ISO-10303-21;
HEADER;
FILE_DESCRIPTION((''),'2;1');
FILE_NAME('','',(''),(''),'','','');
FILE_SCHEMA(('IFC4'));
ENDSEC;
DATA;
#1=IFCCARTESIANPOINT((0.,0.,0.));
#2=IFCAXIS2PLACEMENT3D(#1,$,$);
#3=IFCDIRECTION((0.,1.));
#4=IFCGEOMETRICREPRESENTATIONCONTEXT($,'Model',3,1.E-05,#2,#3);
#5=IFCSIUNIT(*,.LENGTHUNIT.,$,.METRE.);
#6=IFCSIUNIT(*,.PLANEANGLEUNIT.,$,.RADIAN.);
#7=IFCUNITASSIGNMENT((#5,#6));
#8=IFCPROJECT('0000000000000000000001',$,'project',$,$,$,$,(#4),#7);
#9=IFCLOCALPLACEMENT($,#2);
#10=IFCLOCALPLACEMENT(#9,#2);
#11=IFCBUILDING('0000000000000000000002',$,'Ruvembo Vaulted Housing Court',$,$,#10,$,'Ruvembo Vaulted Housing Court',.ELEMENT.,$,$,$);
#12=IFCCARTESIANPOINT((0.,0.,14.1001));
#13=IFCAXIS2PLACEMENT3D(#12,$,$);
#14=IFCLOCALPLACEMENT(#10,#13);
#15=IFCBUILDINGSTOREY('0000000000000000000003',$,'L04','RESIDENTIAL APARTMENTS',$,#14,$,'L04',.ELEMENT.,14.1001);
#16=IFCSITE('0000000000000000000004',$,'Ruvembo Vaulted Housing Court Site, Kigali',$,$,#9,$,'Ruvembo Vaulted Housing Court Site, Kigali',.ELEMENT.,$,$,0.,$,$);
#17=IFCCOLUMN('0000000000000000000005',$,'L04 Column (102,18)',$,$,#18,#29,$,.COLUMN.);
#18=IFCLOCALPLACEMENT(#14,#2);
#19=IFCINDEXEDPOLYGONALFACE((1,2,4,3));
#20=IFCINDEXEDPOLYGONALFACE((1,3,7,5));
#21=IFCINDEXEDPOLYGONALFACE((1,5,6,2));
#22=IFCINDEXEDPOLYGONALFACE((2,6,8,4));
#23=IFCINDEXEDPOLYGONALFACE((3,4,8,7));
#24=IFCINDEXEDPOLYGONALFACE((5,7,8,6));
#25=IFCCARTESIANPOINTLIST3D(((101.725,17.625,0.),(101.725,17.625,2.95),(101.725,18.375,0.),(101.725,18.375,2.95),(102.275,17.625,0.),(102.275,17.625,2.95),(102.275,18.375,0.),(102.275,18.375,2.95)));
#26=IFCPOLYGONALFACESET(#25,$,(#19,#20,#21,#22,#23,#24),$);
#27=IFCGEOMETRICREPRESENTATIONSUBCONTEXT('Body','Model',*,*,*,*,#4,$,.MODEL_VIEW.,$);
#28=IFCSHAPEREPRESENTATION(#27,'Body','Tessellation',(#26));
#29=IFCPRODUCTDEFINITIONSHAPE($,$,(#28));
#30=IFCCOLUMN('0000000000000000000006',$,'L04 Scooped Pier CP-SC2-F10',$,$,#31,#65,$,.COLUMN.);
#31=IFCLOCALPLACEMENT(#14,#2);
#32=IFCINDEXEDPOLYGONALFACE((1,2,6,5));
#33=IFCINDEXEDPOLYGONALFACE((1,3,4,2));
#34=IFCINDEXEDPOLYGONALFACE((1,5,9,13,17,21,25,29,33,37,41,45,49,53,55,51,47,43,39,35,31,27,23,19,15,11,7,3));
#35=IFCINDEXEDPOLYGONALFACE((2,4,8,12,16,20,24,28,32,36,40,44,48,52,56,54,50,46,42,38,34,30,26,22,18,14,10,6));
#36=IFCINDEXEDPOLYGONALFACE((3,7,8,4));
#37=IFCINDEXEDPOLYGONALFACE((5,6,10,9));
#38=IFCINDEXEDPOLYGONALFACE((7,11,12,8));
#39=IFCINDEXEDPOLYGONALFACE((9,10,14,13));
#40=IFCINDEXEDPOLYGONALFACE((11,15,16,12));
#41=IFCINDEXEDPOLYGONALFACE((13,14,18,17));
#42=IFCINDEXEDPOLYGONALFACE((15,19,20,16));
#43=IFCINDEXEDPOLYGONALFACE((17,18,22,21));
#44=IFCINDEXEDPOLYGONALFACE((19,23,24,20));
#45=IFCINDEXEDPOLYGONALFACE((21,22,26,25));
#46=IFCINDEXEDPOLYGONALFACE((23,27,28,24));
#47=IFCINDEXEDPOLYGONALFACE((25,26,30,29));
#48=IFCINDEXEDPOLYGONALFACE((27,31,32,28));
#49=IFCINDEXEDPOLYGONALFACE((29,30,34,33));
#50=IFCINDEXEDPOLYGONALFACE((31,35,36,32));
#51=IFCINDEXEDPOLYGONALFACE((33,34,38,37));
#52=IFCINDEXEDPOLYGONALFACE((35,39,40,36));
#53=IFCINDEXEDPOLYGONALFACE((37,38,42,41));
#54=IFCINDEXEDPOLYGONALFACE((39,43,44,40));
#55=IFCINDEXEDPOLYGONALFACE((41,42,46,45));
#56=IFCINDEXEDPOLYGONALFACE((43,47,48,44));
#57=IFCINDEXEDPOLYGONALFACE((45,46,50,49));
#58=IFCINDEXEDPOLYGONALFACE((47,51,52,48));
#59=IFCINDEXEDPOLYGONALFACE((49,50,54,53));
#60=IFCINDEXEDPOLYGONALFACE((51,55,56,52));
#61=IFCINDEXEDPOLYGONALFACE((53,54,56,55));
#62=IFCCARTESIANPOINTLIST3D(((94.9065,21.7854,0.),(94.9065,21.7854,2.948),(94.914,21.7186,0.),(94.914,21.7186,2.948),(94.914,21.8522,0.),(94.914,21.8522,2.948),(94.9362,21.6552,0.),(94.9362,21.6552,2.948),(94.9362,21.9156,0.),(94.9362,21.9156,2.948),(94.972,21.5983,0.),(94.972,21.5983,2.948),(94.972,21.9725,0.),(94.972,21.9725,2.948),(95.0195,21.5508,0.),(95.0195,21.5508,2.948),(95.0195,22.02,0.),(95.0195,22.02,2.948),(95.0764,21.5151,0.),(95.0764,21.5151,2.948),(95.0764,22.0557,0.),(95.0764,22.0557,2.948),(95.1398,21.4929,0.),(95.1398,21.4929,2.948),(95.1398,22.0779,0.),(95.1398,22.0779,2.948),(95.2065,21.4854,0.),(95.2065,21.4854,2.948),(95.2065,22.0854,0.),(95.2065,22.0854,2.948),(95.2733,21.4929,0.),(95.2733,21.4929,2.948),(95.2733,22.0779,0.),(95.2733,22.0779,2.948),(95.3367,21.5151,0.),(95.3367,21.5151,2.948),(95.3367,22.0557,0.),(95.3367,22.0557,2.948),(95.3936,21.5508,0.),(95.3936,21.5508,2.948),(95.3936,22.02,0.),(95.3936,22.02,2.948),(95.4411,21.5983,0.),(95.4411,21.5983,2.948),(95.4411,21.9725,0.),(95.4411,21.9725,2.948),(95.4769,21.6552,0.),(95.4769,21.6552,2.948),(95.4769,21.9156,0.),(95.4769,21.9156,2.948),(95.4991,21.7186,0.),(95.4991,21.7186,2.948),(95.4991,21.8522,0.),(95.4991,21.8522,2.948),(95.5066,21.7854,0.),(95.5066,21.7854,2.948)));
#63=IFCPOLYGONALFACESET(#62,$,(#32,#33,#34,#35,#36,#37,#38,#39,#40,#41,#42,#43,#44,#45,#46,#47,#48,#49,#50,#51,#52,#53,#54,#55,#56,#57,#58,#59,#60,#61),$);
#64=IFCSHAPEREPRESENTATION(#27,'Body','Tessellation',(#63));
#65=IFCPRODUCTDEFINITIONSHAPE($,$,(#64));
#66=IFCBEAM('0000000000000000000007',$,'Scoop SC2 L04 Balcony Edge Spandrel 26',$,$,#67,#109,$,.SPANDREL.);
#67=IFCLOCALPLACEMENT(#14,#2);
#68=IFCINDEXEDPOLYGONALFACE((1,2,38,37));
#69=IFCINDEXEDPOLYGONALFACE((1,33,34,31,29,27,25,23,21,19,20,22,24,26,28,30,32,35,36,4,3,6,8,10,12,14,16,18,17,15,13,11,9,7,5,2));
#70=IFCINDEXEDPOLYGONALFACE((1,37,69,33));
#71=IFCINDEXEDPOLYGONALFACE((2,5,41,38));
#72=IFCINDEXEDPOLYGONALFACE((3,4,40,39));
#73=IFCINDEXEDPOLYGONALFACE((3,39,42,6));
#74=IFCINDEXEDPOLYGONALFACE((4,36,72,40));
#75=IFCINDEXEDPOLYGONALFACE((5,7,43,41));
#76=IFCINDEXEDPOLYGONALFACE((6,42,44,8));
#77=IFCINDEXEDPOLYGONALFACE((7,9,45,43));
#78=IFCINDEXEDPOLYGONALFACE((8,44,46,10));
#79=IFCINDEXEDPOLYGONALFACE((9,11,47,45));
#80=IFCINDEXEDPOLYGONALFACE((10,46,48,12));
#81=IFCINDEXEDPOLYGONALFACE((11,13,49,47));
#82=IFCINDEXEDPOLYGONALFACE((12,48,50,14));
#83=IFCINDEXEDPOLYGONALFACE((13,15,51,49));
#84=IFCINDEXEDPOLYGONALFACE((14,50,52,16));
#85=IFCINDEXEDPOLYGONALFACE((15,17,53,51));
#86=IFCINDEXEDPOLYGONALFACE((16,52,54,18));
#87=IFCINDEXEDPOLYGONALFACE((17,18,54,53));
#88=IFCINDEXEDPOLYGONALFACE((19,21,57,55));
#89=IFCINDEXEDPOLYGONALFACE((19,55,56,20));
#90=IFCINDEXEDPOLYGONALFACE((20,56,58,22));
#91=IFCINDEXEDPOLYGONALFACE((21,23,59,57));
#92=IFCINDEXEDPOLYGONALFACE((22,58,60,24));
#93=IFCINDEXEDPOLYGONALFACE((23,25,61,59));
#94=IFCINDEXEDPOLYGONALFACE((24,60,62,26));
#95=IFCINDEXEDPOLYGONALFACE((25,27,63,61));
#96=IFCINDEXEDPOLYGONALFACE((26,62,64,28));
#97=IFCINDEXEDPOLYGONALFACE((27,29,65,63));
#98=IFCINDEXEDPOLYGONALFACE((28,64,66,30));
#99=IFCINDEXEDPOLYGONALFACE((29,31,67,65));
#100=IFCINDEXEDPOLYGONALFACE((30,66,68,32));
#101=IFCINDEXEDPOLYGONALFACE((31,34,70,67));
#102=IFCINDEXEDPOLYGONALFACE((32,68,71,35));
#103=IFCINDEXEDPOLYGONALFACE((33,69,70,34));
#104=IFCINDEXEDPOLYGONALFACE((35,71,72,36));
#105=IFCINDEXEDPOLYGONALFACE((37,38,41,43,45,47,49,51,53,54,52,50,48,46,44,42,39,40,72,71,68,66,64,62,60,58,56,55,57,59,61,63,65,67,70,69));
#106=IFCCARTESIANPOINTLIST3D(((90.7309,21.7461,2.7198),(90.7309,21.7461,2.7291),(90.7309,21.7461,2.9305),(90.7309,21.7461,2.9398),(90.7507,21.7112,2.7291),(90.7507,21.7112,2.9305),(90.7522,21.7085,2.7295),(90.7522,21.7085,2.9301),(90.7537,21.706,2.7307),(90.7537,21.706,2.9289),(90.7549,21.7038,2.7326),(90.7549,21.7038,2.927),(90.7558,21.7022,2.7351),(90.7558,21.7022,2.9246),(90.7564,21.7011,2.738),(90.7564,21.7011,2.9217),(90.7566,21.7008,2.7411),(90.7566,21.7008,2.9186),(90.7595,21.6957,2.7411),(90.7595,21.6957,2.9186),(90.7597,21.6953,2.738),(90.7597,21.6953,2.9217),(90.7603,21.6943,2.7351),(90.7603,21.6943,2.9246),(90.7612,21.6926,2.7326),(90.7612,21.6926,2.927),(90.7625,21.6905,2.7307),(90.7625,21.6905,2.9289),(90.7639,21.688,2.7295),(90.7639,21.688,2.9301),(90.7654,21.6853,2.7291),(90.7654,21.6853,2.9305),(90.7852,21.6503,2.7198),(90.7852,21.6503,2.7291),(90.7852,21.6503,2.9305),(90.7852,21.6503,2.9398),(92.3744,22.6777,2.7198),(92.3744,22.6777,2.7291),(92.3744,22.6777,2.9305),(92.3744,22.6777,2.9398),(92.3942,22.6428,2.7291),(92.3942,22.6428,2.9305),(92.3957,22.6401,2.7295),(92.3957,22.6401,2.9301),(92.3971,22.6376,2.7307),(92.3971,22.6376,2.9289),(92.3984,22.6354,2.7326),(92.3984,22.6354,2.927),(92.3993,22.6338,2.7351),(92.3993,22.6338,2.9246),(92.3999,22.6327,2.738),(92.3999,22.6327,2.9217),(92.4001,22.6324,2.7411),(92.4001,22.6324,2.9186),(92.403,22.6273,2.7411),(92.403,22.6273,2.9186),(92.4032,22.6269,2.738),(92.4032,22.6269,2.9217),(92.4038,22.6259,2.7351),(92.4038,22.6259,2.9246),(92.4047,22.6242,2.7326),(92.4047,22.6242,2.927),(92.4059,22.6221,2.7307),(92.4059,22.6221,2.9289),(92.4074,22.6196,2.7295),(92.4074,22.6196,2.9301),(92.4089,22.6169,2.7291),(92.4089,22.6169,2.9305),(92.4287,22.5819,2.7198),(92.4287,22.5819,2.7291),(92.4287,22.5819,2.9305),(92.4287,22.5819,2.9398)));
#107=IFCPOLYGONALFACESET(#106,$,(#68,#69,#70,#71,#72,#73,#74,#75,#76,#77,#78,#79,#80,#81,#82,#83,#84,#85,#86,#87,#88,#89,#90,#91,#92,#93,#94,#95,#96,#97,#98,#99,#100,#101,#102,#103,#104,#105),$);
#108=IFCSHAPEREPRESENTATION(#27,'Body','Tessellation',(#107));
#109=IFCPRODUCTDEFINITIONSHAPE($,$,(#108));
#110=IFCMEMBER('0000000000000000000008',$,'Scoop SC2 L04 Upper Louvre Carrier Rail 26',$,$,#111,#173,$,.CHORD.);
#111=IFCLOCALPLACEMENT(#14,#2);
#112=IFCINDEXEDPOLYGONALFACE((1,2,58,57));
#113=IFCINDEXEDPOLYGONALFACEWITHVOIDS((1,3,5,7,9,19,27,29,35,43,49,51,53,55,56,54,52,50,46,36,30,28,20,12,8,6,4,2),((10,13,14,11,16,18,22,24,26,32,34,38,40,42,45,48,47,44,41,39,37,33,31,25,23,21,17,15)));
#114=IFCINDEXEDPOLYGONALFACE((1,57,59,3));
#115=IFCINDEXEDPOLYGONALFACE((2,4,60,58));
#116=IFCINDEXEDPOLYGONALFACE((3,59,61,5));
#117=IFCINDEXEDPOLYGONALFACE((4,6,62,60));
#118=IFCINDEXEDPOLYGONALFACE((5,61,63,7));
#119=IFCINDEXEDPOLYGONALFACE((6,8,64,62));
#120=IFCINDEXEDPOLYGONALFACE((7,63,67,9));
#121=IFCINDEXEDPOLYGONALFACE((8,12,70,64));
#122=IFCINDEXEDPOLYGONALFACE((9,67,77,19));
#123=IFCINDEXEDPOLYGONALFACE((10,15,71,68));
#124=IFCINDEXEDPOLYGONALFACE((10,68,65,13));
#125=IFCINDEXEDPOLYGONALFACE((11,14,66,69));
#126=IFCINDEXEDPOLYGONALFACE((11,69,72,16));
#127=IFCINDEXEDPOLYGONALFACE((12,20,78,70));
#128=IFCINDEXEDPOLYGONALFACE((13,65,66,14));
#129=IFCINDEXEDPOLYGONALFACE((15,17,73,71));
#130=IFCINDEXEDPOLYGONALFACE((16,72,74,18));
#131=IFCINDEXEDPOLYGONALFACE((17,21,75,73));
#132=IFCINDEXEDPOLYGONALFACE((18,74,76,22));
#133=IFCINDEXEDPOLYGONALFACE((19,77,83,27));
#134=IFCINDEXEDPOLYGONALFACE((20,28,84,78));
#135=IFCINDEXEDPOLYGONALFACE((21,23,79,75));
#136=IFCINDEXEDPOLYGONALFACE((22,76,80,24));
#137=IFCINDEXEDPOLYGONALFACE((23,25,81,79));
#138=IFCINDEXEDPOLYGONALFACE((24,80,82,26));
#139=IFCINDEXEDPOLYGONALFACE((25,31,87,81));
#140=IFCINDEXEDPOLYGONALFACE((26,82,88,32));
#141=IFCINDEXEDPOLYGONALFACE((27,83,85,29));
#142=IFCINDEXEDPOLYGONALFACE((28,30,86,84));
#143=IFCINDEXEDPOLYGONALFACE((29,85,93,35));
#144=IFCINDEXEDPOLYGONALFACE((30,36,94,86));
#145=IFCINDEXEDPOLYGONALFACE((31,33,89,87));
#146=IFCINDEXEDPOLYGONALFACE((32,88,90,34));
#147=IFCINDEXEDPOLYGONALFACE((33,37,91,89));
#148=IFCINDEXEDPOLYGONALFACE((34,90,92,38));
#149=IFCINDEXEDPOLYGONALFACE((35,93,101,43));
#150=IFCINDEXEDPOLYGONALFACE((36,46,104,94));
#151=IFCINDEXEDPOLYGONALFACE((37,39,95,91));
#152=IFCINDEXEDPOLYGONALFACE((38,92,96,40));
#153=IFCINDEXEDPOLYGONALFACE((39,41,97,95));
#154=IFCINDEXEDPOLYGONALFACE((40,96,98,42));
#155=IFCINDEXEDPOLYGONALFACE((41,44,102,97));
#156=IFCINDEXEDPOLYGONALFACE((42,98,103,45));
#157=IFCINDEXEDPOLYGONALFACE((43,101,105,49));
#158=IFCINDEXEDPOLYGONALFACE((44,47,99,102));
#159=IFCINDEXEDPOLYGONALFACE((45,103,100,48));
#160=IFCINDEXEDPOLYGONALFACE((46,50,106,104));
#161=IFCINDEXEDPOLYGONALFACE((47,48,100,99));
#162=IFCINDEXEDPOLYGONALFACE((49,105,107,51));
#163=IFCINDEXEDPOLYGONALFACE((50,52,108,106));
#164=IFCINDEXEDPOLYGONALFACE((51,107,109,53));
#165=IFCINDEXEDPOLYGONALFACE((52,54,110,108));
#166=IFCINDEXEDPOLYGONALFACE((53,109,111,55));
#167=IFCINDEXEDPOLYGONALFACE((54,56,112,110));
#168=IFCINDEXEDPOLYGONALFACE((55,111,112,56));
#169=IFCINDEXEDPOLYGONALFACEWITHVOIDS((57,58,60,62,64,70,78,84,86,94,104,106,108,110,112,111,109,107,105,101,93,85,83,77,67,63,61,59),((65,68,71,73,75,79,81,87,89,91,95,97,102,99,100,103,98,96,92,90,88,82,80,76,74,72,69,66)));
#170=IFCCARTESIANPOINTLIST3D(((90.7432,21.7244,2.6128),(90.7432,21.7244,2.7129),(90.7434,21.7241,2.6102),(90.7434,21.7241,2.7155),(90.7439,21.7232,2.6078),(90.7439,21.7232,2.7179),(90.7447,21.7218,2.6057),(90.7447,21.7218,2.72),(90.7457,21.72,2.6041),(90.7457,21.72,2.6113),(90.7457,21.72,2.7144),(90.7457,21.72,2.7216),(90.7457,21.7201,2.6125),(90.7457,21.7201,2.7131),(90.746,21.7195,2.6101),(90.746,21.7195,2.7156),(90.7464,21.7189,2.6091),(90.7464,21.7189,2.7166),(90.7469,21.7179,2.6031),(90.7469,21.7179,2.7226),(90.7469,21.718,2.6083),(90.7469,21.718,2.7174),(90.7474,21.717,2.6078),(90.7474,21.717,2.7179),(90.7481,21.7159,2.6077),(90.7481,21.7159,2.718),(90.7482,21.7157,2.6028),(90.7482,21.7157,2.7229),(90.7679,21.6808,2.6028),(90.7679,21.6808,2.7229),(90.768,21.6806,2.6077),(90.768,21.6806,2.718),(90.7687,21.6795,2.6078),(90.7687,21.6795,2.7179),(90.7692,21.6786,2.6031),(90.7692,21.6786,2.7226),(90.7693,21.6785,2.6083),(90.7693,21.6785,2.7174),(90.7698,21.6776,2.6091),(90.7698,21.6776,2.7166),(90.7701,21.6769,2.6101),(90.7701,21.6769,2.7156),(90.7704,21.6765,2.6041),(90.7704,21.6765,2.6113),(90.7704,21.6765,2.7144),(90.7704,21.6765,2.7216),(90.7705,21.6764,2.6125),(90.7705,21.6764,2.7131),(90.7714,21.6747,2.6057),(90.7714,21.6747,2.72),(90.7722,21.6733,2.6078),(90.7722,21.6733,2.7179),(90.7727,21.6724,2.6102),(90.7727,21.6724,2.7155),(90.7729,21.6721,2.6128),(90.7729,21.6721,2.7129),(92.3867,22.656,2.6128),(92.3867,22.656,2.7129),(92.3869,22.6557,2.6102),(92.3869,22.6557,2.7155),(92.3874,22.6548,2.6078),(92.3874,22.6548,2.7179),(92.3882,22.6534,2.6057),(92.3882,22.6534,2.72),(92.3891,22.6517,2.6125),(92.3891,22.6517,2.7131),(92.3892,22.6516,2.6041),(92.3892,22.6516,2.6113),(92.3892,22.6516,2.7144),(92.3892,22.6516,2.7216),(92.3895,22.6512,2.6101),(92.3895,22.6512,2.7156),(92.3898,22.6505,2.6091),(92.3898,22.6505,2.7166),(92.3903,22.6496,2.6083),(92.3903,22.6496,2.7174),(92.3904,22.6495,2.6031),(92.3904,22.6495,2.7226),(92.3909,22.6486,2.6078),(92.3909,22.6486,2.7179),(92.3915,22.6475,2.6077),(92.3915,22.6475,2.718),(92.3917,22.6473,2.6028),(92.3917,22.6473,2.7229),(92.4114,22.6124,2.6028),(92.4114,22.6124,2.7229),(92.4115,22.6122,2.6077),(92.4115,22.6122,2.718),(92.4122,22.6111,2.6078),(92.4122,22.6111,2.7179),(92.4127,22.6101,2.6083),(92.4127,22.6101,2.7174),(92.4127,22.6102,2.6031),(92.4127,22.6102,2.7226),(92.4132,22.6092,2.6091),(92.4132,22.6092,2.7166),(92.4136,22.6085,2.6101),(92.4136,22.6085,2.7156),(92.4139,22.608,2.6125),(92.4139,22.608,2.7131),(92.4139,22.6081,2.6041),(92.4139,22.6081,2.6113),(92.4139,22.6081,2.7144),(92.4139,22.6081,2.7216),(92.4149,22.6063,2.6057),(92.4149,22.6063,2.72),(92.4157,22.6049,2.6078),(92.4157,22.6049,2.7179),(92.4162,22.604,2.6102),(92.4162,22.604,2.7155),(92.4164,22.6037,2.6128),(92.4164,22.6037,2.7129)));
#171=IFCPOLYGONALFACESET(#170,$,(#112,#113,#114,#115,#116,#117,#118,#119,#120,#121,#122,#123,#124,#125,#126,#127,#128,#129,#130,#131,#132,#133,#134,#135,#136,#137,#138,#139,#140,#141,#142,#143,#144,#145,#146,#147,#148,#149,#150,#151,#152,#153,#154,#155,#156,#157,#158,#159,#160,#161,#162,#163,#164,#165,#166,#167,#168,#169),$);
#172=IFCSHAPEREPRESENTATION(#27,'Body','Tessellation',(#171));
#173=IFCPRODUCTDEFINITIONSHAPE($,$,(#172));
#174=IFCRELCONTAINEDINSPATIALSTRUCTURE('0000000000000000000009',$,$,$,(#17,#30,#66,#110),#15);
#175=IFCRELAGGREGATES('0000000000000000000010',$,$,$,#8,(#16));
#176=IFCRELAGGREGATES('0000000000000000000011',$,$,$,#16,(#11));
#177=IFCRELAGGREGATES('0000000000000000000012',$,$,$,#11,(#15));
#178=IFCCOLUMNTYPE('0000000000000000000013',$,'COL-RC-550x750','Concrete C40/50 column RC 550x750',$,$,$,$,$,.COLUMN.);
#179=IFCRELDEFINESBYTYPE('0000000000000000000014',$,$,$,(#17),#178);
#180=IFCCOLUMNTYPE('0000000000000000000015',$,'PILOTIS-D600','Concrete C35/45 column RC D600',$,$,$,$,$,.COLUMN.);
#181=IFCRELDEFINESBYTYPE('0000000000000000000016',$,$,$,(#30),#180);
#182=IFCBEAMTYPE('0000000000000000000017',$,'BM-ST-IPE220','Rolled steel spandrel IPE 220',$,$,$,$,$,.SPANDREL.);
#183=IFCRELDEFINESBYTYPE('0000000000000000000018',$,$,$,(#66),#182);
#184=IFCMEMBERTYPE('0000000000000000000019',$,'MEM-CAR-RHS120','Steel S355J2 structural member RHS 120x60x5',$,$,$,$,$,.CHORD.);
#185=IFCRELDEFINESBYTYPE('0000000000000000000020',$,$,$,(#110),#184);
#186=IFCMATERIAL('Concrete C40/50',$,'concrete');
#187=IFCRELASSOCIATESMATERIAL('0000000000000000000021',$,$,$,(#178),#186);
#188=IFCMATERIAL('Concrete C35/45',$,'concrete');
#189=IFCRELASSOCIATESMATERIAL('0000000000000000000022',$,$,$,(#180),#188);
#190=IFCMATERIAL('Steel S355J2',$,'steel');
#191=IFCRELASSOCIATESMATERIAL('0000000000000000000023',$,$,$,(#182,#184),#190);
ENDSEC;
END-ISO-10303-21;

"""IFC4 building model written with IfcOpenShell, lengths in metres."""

from ifc_helpers import new_model, si_unit, direction, frame, origin, origin_2d, place, context, subcontext, project, spatial, rectangle, hollow_rectangle, circle, i_section, extrude, material, material_profile, profile_set, type_object, element, save


model = new_model("IFC4")

# Units and contexts
model_context = context("Model", 3, precision=1e-05, world=origin(), true_north=direction((0.0, 1.0)))
body_context = subcontext(model_context, "Body", "Model", "MODEL_VIEW")
ifc_project = project(units=[si_unit("LENGTHUNIT", "METRE"), si_unit("PLANEANGLEUNIT", "RADIAN")], contexts=[model_context])

# Site, building, storey
site_placement = place(None, origin())
site = spatial("IfcSite", under=ifc_project, at=site_placement, Name="Ruvembo Vaulted Housing Court Site, Kigali", LongName="Ruvembo Vaulted Housing Court Site, Kigali", CompositionType="ELEMENT", RefElevation=0.0)
building_placement = place(site_placement, origin())
building = spatial("IfcBuilding", under=site, at=building_placement, Name="Ruvembo Vaulted Housing Court", LongName="Ruvembo Vaulted Housing Court", CompositionType="ELEMENT")
storey_placement = place(building_placement, frame((0.0, 0.0, 14.1001)))
storey = spatial("IfcBuildingStorey", under=building, at=storey_placement, Name="L04", Description="RESIDENTIAL APARTMENTS", LongName="L04", CompositionType="ELEMENT", Elevation=14.1001)

# Columns
ifc_material_1 = material(Name="Concrete C40/50", Category="concrete")
ifc_material_profile_1 = material_profile(ifc_material_1, rectangle(XDim=0.55, YDim=0.75, at=origin_2d()), Name="RC 550x750")
ifc_profile_set_1 = profile_set([ifc_material_profile_1], Name="Concrete C40/50")
column_type_1 = type_object("IfcColumnType", Name="COL-RC-550x750", Description="Concrete C40/50 column RC 550x750", PredefinedType="COLUMN", material=ifc_profile_set_1)
column_1_placement = place(storey_placement, frame((102.0, 18.0, 0.0), z_axis=(0.0, 0.0, 1.0), x_axis=(1.0, 0.0, 0.0)))
element("IfcColumn", 1, at=column_1_placement, inside=storey, type_object=column_type_1, Name="L04 Column (102,18)", PredefinedType="COLUMN", context=body_context, shape_type="SweptSolid", body=[
    extrude(rectangle(XDim=0.55, YDim=0.75, at=origin_2d()), origin(), (0.0, 0.0, 1.0), 2.95),
])
ifc_material_2 = material(Name="Concrete C35/45", Category="concrete")
ifc_material_profile_2 = material_profile(ifc_material_2, circle(Radius=0.3, at=origin_2d()), Name="RC D600")
ifc_profile_set_2 = profile_set([ifc_material_profile_2], Name="Concrete C35/45")
column_type_2 = type_object("IfcColumnType", Name="PILOTIS-D600", Description="Concrete C35/45 column RC D600", PredefinedType="COLUMN", material=ifc_profile_set_2)
column_2_placement = place(storey_placement, frame((95.2065, 21.7854, 0.0), z_axis=(0.0, 0.0, 1.0), x_axis=(1.0, 0.0, 0.0)))
element("IfcColumn", 2, at=column_2_placement, inside=storey, type_object=column_type_2, Name="L04 Scooped Pier CP-SC2-F10", PredefinedType="COLUMN", context=body_context, shape_type="SweptSolid", body=[
    extrude(circle(Radius=0.3, at=origin_2d()), origin(), (0.0, 0.0, 1.0), 2.948),
])

# Beam
ifc_material_3 = material(Name="Steel S355J2", Category="steel")
ifc_material_profile_3 = material_profile(ifc_material_3, i_section(OverallWidth=0.1101, OverallDepth=0.22, WebThickness=0.0059, FlangeThickness=0.0093, FilletRadius=0.012, at=origin_2d()), Name="IPE 220")
ifc_profile_set_3 = profile_set([ifc_material_profile_3], Name="Steel S355J2")
beam_type_1 = type_object("IfcBeamType", Name="BM-ST-IPE220", Description="Rolled steel spandrel IPE 220", PredefinedType="SPANDREL", material=ifc_profile_set_3)
beam_1_placement = place(storey_placement, frame((90.7581, 21.6982, 2.8298), z_axis=(0.869956, 0.49313, 0.0), x_axis=(-0.49313, 0.869956, 0.0)))
element("IfcBeam", 3, at=beam_1_placement, inside=storey, type_object=beam_type_1, Name="Scoop SC2 L04 Balcony Edge Spandrel 26", PredefinedType="SPANDREL", context=body_context, shape_type="SweptSolid", body=[
    extrude(i_section(OverallWidth=0.1101, OverallDepth=0.22, WebThickness=0.0059, FlangeThickness=0.0093, FilletRadius=0.012, at=origin_2d()), origin(), (0.0, 0.0, 1.0), 1.8892),
])

# Member
ifc_material_profile_4 = material_profile(ifc_material_3, hollow_rectangle(XDim=0.0601, YDim=0.1201, WallThickness=0.0049, InnerFilletRadius=0.0049, OuterFilletRadius=0.01, at=origin_2d()), Name="RHS 120x60x5")
ifc_profile_set_4 = profile_set([ifc_material_profile_4], Name="Steel S355J2")
member_type_1 = type_object("IfcMemberType", Name="MEM-CAR-RHS120", Description="Steel S355J2 structural member RHS 120x60x5", PredefinedType="CHORD", material=ifc_profile_set_4)
member_1_placement = place(storey_placement, frame((90.7581, 21.6982, 2.6628), z_axis=(0.869956, 0.49313, 0.0), x_axis=(-0.49313, 0.869956, 0.0)))
element("IfcMember", 4, at=member_1_placement, inside=storey, type_object=member_type_1, Name="Scoop SC2 L04 Upper Louvre Carrier Rail 26", PredefinedType="CHORD", context=body_context, shape_type="SweptSolid", body=[
    extrude(hollow_rectangle(XDim=0.0601, YDim=0.1201, WallThickness=0.0049, InnerFilletRadius=0.0049, OuterFilletRadius=0.01, at=origin_2d()), origin(), (0.0, 0.0, 1.0), 1.8892),
])

save(model, "model.ifc")
